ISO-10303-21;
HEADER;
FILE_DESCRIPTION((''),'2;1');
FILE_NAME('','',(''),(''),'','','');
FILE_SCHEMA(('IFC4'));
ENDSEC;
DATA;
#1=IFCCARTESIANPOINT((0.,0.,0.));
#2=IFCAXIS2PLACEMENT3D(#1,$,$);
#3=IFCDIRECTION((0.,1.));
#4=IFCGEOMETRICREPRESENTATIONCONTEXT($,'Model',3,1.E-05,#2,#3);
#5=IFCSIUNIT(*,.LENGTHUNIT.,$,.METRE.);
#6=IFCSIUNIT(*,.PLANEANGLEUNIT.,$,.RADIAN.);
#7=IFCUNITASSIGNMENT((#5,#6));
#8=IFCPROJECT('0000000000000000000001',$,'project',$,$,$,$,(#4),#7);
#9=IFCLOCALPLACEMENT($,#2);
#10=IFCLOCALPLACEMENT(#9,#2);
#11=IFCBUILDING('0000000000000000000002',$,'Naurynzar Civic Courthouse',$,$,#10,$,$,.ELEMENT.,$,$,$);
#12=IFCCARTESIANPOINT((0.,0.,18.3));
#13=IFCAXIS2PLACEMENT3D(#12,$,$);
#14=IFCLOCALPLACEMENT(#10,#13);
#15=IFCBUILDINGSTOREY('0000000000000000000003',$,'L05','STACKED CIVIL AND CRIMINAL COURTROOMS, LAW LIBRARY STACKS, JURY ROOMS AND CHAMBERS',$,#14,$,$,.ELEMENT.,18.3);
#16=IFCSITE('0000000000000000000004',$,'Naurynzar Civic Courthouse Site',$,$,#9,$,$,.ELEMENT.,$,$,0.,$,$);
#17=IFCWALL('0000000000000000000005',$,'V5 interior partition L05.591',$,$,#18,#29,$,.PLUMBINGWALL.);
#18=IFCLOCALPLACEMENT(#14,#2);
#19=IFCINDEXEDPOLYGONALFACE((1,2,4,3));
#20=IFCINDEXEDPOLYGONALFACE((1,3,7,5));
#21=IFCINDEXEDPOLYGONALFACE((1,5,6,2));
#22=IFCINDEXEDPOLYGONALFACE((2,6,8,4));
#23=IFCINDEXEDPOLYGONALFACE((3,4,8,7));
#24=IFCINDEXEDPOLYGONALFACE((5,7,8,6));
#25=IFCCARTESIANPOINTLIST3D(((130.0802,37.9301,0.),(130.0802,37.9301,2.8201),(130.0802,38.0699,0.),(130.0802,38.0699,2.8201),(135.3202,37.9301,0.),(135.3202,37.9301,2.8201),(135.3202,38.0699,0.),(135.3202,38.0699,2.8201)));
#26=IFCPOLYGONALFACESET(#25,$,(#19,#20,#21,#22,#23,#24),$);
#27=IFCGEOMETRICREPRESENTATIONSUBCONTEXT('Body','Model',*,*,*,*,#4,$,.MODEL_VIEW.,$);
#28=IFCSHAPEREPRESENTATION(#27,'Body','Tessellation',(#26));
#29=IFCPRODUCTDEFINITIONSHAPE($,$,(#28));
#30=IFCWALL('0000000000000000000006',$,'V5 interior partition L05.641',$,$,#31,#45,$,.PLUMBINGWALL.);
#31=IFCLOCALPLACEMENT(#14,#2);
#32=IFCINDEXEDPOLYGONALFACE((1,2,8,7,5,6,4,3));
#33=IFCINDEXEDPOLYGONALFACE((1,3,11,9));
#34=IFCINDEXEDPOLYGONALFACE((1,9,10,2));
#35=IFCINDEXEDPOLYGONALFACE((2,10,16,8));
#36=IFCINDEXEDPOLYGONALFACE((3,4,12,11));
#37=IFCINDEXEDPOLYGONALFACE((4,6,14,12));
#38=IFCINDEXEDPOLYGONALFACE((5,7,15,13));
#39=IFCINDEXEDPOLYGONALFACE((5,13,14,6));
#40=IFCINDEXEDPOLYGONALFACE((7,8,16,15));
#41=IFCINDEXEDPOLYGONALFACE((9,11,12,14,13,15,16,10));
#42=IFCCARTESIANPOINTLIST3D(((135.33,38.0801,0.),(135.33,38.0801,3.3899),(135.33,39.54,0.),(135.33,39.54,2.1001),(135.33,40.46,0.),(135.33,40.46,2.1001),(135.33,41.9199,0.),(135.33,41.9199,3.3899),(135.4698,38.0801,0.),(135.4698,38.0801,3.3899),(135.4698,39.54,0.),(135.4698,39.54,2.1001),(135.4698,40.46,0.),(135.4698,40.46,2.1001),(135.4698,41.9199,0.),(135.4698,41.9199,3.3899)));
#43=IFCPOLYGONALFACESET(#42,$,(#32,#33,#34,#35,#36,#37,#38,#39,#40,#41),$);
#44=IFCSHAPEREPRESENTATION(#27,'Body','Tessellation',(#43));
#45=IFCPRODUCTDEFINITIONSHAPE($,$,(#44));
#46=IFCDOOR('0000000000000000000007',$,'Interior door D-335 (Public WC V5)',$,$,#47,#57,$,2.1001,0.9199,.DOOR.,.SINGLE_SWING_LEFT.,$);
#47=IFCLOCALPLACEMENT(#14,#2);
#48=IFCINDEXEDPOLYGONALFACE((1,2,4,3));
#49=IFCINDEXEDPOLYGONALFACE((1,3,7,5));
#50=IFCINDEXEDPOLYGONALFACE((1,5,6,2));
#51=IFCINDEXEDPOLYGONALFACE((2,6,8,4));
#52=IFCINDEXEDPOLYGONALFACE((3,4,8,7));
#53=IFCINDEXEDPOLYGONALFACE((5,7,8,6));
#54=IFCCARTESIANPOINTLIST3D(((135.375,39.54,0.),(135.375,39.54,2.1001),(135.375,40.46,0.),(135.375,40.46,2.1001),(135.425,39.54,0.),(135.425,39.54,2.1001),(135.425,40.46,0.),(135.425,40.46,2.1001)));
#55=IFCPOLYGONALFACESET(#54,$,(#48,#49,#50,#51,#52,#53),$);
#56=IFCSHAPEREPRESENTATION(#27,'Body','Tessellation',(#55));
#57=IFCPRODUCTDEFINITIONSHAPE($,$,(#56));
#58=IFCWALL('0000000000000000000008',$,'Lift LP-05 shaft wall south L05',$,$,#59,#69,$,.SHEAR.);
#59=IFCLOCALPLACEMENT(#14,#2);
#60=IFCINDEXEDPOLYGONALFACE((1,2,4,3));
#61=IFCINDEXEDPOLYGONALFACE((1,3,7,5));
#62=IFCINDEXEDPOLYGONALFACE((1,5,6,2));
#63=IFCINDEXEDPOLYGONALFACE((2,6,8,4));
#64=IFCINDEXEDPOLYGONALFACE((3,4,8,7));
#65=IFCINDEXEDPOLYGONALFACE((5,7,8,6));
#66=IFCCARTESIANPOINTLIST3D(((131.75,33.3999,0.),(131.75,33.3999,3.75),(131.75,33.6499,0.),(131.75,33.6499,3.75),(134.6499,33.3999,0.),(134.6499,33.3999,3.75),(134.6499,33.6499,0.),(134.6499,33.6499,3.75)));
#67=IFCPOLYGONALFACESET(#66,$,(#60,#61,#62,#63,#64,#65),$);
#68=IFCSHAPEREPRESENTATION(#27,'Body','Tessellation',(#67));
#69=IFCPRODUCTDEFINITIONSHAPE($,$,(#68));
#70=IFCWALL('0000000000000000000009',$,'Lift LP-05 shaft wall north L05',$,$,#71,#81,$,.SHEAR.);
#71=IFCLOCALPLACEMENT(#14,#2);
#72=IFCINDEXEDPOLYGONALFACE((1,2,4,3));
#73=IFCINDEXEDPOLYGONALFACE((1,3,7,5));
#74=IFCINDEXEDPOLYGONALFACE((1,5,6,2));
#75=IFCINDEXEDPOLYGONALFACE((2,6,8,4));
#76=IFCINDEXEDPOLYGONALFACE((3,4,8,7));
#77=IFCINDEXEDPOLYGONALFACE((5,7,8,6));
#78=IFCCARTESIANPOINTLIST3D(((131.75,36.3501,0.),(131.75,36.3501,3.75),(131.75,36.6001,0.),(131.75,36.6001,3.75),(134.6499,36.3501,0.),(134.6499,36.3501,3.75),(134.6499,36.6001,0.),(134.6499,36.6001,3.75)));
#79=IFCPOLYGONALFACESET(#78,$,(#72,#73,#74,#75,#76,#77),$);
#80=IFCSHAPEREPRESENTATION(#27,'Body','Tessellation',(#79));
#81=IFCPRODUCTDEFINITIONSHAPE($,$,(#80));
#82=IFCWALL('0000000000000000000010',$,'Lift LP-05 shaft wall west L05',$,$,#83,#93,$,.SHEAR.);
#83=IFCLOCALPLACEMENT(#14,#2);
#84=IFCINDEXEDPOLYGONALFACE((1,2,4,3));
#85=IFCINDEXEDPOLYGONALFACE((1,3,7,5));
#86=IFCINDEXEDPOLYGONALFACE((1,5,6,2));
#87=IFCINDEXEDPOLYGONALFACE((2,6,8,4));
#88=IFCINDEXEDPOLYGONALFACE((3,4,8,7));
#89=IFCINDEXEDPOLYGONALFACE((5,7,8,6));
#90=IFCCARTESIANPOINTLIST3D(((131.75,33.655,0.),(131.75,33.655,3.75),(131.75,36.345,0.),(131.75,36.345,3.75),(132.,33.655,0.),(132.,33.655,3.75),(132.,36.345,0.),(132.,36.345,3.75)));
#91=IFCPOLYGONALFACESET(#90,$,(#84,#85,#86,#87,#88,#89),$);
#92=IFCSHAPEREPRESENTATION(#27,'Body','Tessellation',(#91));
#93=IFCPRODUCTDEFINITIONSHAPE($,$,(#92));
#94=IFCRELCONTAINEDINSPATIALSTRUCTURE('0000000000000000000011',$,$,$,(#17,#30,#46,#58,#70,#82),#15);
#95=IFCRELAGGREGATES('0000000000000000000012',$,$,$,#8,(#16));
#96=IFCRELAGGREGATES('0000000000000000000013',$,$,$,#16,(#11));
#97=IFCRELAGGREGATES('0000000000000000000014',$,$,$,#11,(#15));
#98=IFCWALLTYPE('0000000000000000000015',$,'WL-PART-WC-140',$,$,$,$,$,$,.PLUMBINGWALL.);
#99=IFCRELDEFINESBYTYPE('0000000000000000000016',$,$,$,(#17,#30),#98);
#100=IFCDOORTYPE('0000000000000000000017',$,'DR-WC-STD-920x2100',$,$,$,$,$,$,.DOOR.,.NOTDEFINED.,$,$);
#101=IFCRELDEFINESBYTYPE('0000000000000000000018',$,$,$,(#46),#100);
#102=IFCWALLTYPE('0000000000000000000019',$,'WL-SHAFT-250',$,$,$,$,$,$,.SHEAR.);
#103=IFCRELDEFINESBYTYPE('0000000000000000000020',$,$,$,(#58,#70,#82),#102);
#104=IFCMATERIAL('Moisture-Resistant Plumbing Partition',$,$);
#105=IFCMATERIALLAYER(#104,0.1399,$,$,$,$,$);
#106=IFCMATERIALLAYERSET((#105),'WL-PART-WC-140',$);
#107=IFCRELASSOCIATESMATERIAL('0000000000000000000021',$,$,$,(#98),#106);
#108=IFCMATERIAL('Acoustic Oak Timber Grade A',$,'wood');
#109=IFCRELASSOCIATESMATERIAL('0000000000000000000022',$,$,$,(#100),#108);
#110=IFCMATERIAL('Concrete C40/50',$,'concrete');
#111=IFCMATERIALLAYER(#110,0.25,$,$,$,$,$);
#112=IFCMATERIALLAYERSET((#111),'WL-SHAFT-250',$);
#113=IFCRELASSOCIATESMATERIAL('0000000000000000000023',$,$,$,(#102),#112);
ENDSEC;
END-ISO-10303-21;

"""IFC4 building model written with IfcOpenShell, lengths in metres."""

from ifc_helpers import new_model, si_unit, direction, frame, frame_2d, origin, place, context, subcontext, project, spatial, rectangle, extrude, material, layer, layer_set, type_object, element, fill, save


model = new_model("IFC4")

# Units and contexts
model_context = context("Model", 3, precision=1e-05, world=origin(), true_north=direction((0.0, 1.0)))
body_context = subcontext(model_context, "Body", "Model", "MODEL_VIEW")
ifc_project = project(units=[si_unit("LENGTHUNIT", "METRE"), si_unit("PLANEANGLEUNIT", "RADIAN")], contexts=[model_context])

# Site, building, storey
site_placement = place(None, origin())
site = spatial("IfcSite", under=ifc_project, at=site_placement, Name="Naurynzar Civic Courthouse Site", CompositionType="ELEMENT", RefElevation=0.0)
building_placement = place(site_placement, origin())
building = spatial("IfcBuilding", under=site, at=building_placement, Name="Naurynzar Civic Courthouse", CompositionType="ELEMENT")
storey_placement = place(building_placement, frame((0.0, 0.0, 18.3)))
storey = spatial("IfcBuildingStorey", under=building, at=storey_placement, Name="L05", Description="STACKED CIVIL AND CRIMINAL COURTROOMS, LAW LIBRARY STACKS, JURY ROOMS AND CHAMBERS", CompositionType="ELEMENT", Elevation=18.3)

# Wall
ifc_material_1 = material(Name="Moisture-Resistant Plumbing Partition")
ifc_layer_1 = layer(ifc_material_1, 0.1399)
ifc_layer_set_1 = layer_set([ifc_layer_1], Name="WL-PART-WC-140")
wall_type_1 = type_object("IfcWallType", Name="WL-PART-WC-140", PredefinedType="PLUMBINGWALL", material=ifc_layer_set_1)
wall_1_placement = place(storey_placement, frame((130.0801, 38.0, 0.0), z_axis=(0.0, 0.0, 1.0), x_axis=(1.0, 0.0, 0.0)))
element("IfcWall", 1, at=wall_1_placement, inside=storey, type_object=wall_type_1, Name="V5 interior partition L05.591", PredefinedType="PLUMBINGWALL", context=body_context, shape_type="SweptSolid", body=[
    extrude(rectangle(XDim=5.24, YDim=0.1399, at=frame_2d((2.6201, 0.0))), origin(), (0.0, 0.0, 1.0), 2.8201),
])

# Wall, opening, door
wall_2_placement = place(storey_placement, frame((135.3999, 38.0801, 0.0), z_axis=(0.0, 0.0, 1.0), x_axis=(0.0, 1.0, 0.0)))
wall_2 = element("IfcWall", 2, at=wall_2_placement, inside=storey, type_object=wall_type_1, Name="V5 interior partition L05.641", PredefinedType="PLUMBINGWALL", context=body_context, shape_type="SweptSolid", body=[
    extrude(rectangle(XDim=3.8398, YDim=0.1399, at=frame_2d((1.9199, 0.0))), origin(), (0.0, 0.0, 1.0), 3.3899),
])
opening_1_placement = place(wall_2_placement, frame((1.46, 0.0, 0.0)))
opening_1 = element("IfcOpeningElement", 3, at=opening_1_placement, cuts=wall_2, PredefinedType="OPENING", context=body_context, shape_type="SweptSolid", body=[
    extrude(rectangle(XDim=0.9199, YDim=2.1001, at=frame_2d((0.46, 1.05))), frame((0.0, 0.0798, 0.0), z_axis=(0.0, -1.0, 0.0), x_axis=(1.0, 0.0, 0.0)), (0.0, 0.0, 1.0), 0.1599),
])
ifc_material_2 = material(Name="Acoustic Oak Timber Grade A", Category="wood")
door_type_1 = type_object("IfcDoorType", Name="DR-WC-STD-920x2100", OperationType="NOTDEFINED", PredefinedType="DOOR", material=ifc_material_2)
door_1_placement = place(opening_1_placement, origin())
door_1 = element("IfcDoor", 4, at=door_1_placement, inside=storey, type_object=door_type_1, Name="Interior door D-335 (Public WC V5)", OperationType="SINGLE_SWING_LEFT", OverallHeight=2.1001, OverallWidth=0.9199, PredefinedType="DOOR", context=body_context, shape_type="SweptSolid", body=[
    extrude(rectangle(XDim=0.9199, YDim=2.1001, at=frame_2d((0.46, 1.05))), frame((0.0, 0.0249, 0.0), z_axis=(0.0, -1.0, 0.0), x_axis=(1.0, 0.0, 0.0)), (0.0, 0.0, 1.0), 0.05),
])
fill(opening_1, door_1)

# Walls
ifc_material_3 = material(Name="Concrete C40/50", Category="concrete")
ifc_layer_2 = layer(ifc_material_3, 0.25)
ifc_layer_set_2 = layer_set([ifc_layer_2], Name="WL-SHAFT-250")
wall_type_2 = type_object("IfcWallType", Name="WL-SHAFT-250", PredefinedType="SHEAR", material=ifc_layer_set_2)
for number, where, z_axis, x_axis, name in (
    (5, (131.75, 33.5249, 0.0), (0.0, 0.0, 1.0), (1.0, 0.0, 0.0), "Lift LP-05 shaft wall south L05"),
    (6, (134.6499, 36.4751, 0.0), (0.0, 0.0, 1.0), (-1.0, 0.0, 0.0), "Lift LP-05 shaft wall north L05"),
):
    element("IfcWall", number, at=place(storey_placement, frame(where, z_axis=z_axis, x_axis=x_axis)), inside=storey, type_object=wall_type_2, Name=name, PredefinedType="SHEAR", context=body_context, shape_type="SweptSolid", body=[
        extrude(rectangle(XDim=2.8999, YDim=0.25, at=frame_2d((1.45, 0.0))), origin(), (0.0, 0.0, 1.0), 3.75),
    ])
wall_3_placement = place(storey_placement, frame((131.875, 36.345, 0.0), z_axis=(0.0, 0.0, 1.0), x_axis=(0.0, -1.0, 0.0)))
element("IfcWall", 7, at=wall_3_placement, inside=storey, type_object=wall_type_2, Name="Lift LP-05 shaft wall west L05", PredefinedType="SHEAR", context=body_context, shape_type="SweptSolid", body=[
    extrude(rectangle(XDim=2.6899, YDim=0.25, at=frame_2d((1.345, 0.0))), origin(), (0.0, 0.0, 1.0), 3.75),
])

save(model, "model.ifc")
